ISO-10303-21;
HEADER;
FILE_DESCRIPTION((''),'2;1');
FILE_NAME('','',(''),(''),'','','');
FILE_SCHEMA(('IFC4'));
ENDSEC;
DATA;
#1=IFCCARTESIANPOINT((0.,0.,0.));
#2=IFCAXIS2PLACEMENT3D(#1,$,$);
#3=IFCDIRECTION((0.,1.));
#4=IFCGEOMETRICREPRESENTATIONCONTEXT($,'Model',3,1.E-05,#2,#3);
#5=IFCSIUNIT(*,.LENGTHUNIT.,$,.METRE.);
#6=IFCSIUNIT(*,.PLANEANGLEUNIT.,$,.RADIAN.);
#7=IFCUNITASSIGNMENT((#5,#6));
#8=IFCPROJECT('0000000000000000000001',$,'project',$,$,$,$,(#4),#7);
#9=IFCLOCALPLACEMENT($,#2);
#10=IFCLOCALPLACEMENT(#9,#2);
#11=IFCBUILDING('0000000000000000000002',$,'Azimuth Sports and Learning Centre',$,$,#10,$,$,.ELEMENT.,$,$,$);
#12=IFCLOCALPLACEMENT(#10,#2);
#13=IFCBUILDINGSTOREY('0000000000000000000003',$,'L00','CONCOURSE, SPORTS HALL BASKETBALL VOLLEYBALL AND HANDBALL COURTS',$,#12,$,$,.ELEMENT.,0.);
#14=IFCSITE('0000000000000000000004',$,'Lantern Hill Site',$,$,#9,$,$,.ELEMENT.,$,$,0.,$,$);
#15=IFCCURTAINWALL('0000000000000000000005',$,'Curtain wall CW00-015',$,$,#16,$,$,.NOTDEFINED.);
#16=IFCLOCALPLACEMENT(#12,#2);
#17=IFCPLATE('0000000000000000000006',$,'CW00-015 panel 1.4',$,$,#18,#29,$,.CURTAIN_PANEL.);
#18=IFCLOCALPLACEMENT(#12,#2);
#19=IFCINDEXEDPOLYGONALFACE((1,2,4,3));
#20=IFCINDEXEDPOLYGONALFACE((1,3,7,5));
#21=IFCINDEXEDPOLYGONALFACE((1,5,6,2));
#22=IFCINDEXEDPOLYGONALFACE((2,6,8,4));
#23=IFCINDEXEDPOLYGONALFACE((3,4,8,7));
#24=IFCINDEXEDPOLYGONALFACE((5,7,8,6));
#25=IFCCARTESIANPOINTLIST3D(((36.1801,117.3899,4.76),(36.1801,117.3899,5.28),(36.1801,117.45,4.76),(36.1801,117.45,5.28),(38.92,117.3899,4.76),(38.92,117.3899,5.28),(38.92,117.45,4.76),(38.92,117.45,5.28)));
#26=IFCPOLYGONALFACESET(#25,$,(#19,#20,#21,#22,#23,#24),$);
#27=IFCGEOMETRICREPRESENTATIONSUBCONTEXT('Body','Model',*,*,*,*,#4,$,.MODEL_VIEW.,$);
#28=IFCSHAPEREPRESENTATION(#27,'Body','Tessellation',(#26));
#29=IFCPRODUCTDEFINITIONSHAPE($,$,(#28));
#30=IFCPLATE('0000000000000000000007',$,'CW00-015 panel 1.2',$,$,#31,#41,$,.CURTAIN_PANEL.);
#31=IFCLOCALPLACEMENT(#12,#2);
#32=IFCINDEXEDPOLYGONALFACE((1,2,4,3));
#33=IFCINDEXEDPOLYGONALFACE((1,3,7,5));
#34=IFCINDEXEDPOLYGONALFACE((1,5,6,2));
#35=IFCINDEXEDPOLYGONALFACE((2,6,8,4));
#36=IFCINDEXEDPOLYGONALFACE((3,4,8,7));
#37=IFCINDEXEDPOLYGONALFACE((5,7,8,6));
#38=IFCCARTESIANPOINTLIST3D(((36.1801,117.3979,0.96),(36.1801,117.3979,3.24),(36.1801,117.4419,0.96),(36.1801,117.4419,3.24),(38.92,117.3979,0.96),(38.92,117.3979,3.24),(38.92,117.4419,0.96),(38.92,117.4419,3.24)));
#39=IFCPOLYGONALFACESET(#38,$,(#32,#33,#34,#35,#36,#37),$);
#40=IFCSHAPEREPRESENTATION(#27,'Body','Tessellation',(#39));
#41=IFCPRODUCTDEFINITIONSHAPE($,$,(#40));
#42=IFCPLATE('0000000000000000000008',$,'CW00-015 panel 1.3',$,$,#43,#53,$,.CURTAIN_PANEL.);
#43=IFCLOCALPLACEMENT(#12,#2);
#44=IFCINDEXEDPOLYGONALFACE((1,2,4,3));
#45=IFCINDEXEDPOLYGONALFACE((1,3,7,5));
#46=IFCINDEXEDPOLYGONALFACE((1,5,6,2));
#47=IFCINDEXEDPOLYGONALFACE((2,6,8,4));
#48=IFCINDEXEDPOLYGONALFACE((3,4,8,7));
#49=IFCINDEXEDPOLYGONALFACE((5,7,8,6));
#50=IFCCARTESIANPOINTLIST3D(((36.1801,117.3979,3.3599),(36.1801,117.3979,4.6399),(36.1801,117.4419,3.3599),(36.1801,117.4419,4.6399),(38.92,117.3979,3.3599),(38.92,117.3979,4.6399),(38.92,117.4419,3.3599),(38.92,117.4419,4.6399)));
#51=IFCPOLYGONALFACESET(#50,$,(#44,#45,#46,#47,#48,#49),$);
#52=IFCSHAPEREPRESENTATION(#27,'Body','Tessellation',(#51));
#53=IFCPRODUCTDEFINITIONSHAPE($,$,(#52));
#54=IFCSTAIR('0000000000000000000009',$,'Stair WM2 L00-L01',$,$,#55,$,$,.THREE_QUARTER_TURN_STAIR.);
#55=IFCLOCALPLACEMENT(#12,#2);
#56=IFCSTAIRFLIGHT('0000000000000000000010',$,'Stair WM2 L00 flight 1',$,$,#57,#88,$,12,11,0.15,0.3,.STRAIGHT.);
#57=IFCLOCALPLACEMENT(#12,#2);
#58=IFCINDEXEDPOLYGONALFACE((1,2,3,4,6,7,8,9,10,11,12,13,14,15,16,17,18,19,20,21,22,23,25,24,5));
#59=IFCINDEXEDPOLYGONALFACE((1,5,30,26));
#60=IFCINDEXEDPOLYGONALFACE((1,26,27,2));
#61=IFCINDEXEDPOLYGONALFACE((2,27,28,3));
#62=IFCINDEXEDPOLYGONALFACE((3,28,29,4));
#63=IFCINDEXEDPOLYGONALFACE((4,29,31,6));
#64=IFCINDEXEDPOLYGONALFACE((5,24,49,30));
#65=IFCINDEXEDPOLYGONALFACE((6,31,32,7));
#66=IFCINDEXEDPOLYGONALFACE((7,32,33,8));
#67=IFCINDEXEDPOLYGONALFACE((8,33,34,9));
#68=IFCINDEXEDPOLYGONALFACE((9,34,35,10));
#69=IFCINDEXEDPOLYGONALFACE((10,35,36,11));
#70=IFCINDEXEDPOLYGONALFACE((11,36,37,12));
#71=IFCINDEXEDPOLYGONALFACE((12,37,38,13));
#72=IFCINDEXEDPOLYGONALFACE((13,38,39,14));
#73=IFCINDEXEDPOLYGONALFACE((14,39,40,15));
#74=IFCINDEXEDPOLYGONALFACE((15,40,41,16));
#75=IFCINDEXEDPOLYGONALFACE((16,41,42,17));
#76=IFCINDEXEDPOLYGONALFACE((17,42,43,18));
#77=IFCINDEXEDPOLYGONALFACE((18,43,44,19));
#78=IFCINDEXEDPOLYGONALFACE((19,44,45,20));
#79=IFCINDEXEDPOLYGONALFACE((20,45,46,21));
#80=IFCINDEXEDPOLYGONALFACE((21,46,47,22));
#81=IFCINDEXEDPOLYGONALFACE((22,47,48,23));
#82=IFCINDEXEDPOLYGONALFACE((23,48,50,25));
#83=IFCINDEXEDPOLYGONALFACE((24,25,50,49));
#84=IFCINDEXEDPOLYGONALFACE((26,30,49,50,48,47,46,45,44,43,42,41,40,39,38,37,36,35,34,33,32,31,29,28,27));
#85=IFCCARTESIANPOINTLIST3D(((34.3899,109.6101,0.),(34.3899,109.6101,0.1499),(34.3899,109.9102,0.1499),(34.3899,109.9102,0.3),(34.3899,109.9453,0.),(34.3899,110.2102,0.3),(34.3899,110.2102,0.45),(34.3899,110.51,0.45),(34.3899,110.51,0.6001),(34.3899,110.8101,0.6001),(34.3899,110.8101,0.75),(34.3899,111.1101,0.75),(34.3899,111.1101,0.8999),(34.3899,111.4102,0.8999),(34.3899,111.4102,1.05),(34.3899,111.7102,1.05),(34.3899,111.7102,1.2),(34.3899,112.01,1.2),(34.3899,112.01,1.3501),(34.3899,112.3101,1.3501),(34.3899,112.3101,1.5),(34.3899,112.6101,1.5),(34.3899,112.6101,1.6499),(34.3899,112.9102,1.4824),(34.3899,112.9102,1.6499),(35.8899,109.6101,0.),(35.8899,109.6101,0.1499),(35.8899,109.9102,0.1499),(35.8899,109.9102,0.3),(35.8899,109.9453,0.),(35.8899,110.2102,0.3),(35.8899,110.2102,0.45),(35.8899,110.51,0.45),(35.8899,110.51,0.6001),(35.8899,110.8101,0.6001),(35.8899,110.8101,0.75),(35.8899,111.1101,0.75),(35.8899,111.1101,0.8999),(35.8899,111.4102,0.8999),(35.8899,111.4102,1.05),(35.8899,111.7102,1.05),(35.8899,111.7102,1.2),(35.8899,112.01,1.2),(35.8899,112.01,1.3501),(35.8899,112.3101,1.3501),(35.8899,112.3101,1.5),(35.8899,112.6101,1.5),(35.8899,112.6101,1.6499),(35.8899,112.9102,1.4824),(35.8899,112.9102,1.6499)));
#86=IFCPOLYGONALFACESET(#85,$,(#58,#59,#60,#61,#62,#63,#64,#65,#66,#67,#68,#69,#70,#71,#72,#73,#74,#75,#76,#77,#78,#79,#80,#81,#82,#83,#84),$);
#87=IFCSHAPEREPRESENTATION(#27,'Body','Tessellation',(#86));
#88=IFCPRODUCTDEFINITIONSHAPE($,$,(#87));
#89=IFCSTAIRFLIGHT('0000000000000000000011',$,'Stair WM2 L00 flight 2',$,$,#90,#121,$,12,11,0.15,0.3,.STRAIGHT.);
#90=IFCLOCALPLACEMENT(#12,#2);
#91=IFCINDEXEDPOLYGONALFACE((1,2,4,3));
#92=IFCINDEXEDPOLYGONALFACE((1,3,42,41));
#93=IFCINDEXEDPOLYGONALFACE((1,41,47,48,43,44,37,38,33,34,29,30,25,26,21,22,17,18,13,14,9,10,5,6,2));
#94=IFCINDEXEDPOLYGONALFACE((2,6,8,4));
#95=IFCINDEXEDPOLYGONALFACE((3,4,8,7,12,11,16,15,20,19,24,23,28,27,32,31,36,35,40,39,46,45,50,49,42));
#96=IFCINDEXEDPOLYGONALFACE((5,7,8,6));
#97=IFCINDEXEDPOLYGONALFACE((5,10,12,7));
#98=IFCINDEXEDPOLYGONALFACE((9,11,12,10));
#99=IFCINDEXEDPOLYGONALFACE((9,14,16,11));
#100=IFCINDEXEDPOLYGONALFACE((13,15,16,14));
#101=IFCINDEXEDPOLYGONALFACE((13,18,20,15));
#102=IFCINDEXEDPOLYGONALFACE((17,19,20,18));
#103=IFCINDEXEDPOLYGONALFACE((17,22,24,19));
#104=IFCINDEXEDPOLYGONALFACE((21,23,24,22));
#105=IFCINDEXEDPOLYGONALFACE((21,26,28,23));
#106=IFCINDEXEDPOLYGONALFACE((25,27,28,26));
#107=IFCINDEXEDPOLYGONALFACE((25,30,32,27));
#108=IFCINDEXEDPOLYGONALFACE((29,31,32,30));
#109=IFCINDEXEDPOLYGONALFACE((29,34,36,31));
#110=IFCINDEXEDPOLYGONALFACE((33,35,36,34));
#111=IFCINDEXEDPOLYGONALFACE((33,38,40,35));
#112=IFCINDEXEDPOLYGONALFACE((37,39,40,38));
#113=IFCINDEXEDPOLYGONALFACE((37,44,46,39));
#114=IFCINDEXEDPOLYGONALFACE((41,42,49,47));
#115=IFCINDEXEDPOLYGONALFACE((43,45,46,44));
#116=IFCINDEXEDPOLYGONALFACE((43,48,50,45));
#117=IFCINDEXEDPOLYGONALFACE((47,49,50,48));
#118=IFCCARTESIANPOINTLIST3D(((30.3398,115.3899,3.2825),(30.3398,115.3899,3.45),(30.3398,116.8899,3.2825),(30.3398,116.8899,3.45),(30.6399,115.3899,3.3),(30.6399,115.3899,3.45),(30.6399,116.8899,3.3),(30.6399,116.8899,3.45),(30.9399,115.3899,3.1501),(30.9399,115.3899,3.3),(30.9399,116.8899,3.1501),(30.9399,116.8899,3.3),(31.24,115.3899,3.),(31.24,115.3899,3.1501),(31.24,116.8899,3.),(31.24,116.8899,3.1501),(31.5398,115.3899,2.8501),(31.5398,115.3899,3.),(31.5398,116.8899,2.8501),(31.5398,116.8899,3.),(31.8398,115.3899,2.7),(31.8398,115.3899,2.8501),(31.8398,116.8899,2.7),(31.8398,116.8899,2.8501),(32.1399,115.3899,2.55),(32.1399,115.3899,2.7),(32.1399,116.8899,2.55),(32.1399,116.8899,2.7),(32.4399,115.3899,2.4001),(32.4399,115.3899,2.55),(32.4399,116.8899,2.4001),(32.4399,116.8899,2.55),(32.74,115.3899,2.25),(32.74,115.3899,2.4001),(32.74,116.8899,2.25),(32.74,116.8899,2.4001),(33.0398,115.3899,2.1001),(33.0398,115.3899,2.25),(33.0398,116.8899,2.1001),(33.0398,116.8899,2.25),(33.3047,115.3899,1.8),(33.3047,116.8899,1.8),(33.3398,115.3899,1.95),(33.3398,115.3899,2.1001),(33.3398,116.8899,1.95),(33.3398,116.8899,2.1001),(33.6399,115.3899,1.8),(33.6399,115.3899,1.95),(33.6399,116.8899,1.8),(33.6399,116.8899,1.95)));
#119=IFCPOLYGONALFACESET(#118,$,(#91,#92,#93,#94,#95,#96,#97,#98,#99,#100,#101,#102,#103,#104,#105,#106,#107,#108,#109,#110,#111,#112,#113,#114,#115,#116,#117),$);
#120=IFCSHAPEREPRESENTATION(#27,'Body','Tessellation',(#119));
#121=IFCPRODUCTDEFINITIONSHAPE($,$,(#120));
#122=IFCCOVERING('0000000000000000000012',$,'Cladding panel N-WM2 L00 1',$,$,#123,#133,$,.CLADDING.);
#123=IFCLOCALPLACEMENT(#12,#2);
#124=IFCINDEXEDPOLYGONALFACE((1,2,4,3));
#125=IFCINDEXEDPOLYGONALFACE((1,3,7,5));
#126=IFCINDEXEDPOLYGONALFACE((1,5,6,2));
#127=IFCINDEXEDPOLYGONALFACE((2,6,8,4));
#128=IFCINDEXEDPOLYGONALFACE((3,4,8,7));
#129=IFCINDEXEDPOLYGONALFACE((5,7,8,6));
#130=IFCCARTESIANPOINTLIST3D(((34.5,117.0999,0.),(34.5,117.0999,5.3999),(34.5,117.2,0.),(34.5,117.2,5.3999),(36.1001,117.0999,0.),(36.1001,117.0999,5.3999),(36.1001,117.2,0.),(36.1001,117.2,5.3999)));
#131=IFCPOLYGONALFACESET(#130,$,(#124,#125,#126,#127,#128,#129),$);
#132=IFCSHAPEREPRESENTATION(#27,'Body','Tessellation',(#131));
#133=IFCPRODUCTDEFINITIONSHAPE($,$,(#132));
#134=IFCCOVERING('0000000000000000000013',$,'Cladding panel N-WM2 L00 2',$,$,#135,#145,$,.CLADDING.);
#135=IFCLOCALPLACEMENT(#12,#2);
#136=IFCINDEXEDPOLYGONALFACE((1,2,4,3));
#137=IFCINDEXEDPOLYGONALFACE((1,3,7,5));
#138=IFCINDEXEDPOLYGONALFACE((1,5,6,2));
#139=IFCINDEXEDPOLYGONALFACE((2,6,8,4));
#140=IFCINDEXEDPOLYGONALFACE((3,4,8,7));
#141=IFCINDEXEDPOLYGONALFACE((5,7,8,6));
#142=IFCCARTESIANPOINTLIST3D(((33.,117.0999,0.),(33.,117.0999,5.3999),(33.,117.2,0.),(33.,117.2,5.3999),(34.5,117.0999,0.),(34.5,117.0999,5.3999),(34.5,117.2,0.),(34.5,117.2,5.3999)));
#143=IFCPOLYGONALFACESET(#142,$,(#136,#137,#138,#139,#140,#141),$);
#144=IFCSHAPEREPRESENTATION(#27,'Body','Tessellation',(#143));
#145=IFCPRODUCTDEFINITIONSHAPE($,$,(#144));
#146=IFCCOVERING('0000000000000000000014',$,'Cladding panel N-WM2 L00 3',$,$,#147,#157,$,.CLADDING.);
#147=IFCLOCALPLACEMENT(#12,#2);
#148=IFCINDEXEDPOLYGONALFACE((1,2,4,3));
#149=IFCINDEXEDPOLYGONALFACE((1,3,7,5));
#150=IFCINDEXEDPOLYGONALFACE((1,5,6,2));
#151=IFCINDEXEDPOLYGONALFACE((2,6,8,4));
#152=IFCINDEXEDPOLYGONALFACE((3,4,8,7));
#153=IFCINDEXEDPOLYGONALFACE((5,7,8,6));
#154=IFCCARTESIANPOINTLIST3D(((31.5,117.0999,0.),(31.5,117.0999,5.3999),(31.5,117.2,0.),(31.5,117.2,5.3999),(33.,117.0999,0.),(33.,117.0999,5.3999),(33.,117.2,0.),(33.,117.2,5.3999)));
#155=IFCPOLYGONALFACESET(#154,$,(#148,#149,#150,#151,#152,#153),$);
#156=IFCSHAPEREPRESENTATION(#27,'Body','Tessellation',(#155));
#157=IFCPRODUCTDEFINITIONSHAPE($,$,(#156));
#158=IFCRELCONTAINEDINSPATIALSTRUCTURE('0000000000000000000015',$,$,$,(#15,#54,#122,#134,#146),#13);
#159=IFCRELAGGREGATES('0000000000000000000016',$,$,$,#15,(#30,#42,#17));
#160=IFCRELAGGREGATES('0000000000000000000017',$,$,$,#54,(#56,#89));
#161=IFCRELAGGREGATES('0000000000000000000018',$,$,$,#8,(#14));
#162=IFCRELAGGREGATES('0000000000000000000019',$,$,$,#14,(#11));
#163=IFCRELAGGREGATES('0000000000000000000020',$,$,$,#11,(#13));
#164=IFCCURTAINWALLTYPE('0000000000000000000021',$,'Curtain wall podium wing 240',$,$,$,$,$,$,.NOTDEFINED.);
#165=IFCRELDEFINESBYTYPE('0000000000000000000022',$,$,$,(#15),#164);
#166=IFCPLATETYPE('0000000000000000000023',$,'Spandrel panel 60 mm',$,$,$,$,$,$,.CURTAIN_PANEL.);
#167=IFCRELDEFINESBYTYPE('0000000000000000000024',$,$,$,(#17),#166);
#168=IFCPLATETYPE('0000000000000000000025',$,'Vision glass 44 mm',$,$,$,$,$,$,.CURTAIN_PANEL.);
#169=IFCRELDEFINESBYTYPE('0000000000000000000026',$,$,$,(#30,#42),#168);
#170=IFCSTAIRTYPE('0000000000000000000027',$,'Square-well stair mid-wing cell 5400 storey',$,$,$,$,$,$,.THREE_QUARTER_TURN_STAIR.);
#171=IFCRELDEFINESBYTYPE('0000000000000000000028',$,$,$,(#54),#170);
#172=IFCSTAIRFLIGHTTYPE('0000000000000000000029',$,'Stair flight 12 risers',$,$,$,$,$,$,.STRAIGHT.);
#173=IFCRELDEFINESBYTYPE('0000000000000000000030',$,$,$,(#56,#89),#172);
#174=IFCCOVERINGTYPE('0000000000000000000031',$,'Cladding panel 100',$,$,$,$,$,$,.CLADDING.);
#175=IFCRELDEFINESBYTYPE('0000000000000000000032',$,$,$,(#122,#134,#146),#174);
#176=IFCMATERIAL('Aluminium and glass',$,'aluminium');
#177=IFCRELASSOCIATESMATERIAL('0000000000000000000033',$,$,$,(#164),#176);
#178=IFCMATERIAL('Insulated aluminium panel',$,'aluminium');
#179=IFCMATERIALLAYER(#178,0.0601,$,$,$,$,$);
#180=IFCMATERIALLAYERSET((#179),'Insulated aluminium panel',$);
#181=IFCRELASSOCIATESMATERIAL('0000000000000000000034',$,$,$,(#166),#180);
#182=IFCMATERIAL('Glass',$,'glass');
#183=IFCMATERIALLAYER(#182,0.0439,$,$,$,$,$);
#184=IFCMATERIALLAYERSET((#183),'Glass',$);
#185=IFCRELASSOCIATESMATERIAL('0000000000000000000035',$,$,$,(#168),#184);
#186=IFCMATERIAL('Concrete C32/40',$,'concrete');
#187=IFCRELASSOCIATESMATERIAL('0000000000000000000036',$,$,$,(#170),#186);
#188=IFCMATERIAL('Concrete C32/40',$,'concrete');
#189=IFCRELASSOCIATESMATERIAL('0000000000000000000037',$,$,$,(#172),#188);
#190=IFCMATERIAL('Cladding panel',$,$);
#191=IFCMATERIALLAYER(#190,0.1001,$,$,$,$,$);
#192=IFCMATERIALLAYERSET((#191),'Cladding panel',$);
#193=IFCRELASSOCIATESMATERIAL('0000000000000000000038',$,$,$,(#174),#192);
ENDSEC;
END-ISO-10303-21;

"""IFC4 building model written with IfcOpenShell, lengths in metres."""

from ifc_helpers import new_model, si_unit, direction, frame, origin, origin_2d, place, context, subcontext, project, spatial, polyline, rectangle, outline, extrude, material, layer, layer_set, type_object, element, aggregate, save


model = new_model("IFC4")

# Units and contexts
model_context = context("Model", 3, precision=1e-05, world=origin(), true_north=direction((0.0, 1.0)))
body_context = subcontext(model_context, "Body", "Model", "MODEL_VIEW")
ifc_project = project(units=[si_unit("LENGTHUNIT", "METRE"), si_unit("PLANEANGLEUNIT", "RADIAN")], contexts=[model_context])

# Site, building, storey
site_placement = place(None, origin())
site = spatial("IfcSite", under=ifc_project, at=site_placement, Name="Lantern Hill Site", CompositionType="ELEMENT", RefElevation=0.0)
building_placement = place(site_placement, origin())
building = spatial("IfcBuilding", under=site, at=building_placement, Name="Azimuth Sports and Learning Centre", CompositionType="ELEMENT")
storey_placement = place(building_placement, origin())
storey = spatial("IfcBuildingStorey", under=building, at=storey_placement, Name="L00", Description="CONCOURSE, SPORTS HALL BASKETBALL VOLLEYBALL AND HANDBALL COURTS", CompositionType="ELEMENT", Elevation=0.0)

# Curtain wall, plates
ifc_material_1 = material(Name="Aluminium and glass", Category="aluminium")
curtain_wall_type = type_object("IfcCurtainWallType", Name="Curtain wall podium wing 240", PredefinedType="NOTDEFINED", material=ifc_material_1)
curtain_wall_placement = place(storey_placement, origin())
curtain_wall = element("IfcCurtainWall", 1, at=curtain_wall_placement, inside=storey, type_object=curtain_wall_type, Name="Curtain wall CW00-015", PredefinedType="NOTDEFINED")
ifc_material_2 = material(Name="Insulated aluminium panel", Category="aluminium")
ifc_layer_1 = layer(ifc_material_2, 0.0601)
ifc_layer_set_1 = layer_set([ifc_layer_1], Name="Insulated aluminium panel")
plate_type_1 = type_object("IfcPlateType", Name="Spandrel panel 60 mm", PredefinedType="CURTAIN_PANEL", material=ifc_layer_set_1)
plate_1_placement = place(storey_placement, frame((37.55, 117.4199, 4.76), z_axis=(0.0, 0.0, 1.0), x_axis=(-1.0, 0.0, 0.0)))
plate_1 = element("IfcPlate", 2, at=plate_1_placement, type_object=plate_type_1, Name="CW00-015 panel 1.4", PredefinedType="CURTAIN_PANEL", context=body_context, shape_type="SweptSolid", body=[
    extrude(rectangle(XDim=2.74, YDim=0.0601, at=origin_2d()), origin(), (0.0, 0.0, 1.0), 0.52),
])
ifc_material_3 = material(Name="Glass", Category="glass")
ifc_layer_2 = layer(ifc_material_3, 0.0439)
ifc_layer_set_2 = layer_set([ifc_layer_2], Name="Glass")
plate_type_2 = type_object("IfcPlateType", Name="Vision glass 44 mm", PredefinedType="CURTAIN_PANEL", material=ifc_layer_set_2)
plate_2_placement = place(storey_placement, frame((37.55, 117.4199, 0.96), z_axis=(0.0, 0.0, 1.0), x_axis=(-1.0, 0.0, 0.0)))
plate_2 = element("IfcPlate", 3, at=plate_2_placement, type_object=plate_type_2, Name="CW00-015 panel 1.2", PredefinedType="CURTAIN_PANEL", context=body_context, shape_type="SweptSolid", body=[
    extrude(rectangle(XDim=2.74, YDim=0.0439, at=origin_2d()), origin(), (0.0, 0.0, 1.0), 2.28),
])
plate_3_placement = place(storey_placement, frame((37.55, 117.4199, 3.3599), z_axis=(0.0, 0.0, 1.0), x_axis=(-1.0, 0.0, 0.0)))
plate_3 = element("IfcPlate", 4, at=plate_3_placement, type_object=plate_type_2, Name="CW00-015 panel 1.3", PredefinedType="CURTAIN_PANEL", context=body_context, shape_type="SweptSolid", body=[
    extrude(rectangle(XDim=2.74, YDim=0.0439, at=origin_2d()), origin(), (0.0, 0.0, 1.0), 1.28),
])
aggregate(curtain_wall, [plate_2, plate_3, plate_1])

# Stair, stair flights
ifc_material_4 = material(Name="Concrete C32/40", Category="concrete")
stair_type = type_object("IfcStairType", Name="Square-well stair mid-wing cell 5400 storey", PredefinedType="THREE_QUARTER_TURN_STAIR", material=ifc_material_4)
stair_placement = place(storey_placement, origin())
stair = element("IfcStair", 5, at=stair_placement, inside=storey, type_object=stair_type, Name="Stair WM2 L00-L01", PredefinedType="THREE_QUARTER_TURN_STAIR")
ifc_material_5 = material(Name="Concrete C32/40", Category="concrete")
stair_flight_type = type_object("IfcStairFlightType", Name="Stair flight 12 risers", PredefinedType="STRAIGHT", material=ifc_material_5)
stair_flight_1_placement = place(storey_placement, frame((35.1399, 109.6101, 0.0), z_axis=(0.0, 0.0, 1.0), x_axis=(0.0, 1.0, 0.0)))
stair_flight_1 = element("IfcStairFlight", 6, at=stair_flight_1_placement, type_object=stair_flight_type, Name="Stair WM2 L00 flight 1", NumberOfRisers=12, NumberOfTreads=11, PredefinedType="STRAIGHT", RiserHeight=0.15, TreadLength=0.3, context=body_context, shape_type="SweptSolid", body=[
    extrude(outline(polyline([(0.0, 0.0), (0.0, 0.1499), (0.3, 0.1499), (0.3, 0.3), (0.6001, 0.3), (0.6001, 0.45), (0.8999, 0.45), (0.8999, 0.6001), (1.2, 0.6001), (1.2, 0.75), (1.5, 0.75), (1.5, 0.8999), (1.8, 0.8999), (1.8, 1.05), (2.1001, 1.05), (2.1001, 1.2), (2.3999, 1.2), (2.3999, 1.3501), (2.7, 1.3501), (2.7, 1.5), (3.0, 1.5), (3.0, 1.6499), (3.3, 1.6499), (3.3, 1.8), (3.3, 1.4824), (0.3352, 0.0), (0.0, 0.0)])), frame((0.0, 0.75, 0.0), z_axis=(0.0, -1.0, 0.0), x_axis=(1.0, 0.0, 0.0)), (0.0, 0.0, 1.0), 1.5),
])
stair_flight_2_placement = place(storey_placement, frame((33.6399, 116.1399, 1.8), z_axis=(0.0, 0.0, 1.0), x_axis=(-1.0, 0.0, 0.0)))
stair_flight_2 = element("IfcStairFlight", 7, at=stair_flight_2_placement, type_object=stair_flight_type, Name="Stair WM2 L00 flight 2", NumberOfRisers=12, NumberOfTreads=11, PredefinedType="STRAIGHT", RiserHeight=0.15, TreadLength=0.3, context=body_context, shape_type="SweptSolid", body=[
    extrude(outline(polyline([(0.0, 0.0), (0.0, 0.1499), (0.3, 0.1499), (0.3, 0.3), (0.6001, 0.3), (0.6001, 0.45), (0.8999, 0.45), (0.8999, 0.6001), (1.2, 0.6001), (1.2, 0.75), (1.5, 0.75), (1.5, 0.8999), (1.8, 0.8999), (1.8, 1.05), (2.1001, 1.05), (2.1001, 1.2), (2.3999, 1.2), (2.3999, 1.3501), (2.7, 1.3501), (2.7, 1.5), (3.0, 1.5), (3.0, 1.6499), (3.3, 1.6499), (3.3, 1.8), (3.3, 1.4824), (0.3352, 0.0), (0.0, 0.0)])), frame((0.0, 0.75, 0.0), z_axis=(0.0, -1.0, 0.0), x_axis=(1.0, 0.0, 0.0)), (0.0, 0.0, 1.0), 1.5),
])
aggregate(stair, [stair_flight_1, stair_flight_2])

# Coverings
ifc_material_6 = material(Name="Cladding panel")
ifc_layer_3 = layer(ifc_material_6, 0.1001)
ifc_layer_set_3 = layer_set([ifc_layer_3], Name="Cladding panel")
covering_type = type_object("IfcCoveringType", Name="Cladding panel 100", PredefinedType="CLADDING", material=ifc_layer_set_3)
covering_placement = place(storey_placement, frame((35.3, 117.1499, 0.0), z_axis=(0.0, 0.0, 1.0), x_axis=(-1.0, 0.0, 0.0)))
element("IfcCovering", 8, at=covering_placement, inside=storey, type_object=covering_type, Name="Cladding panel N-WM2 L00 1", PredefinedType="CLADDING", context=body_context, shape_type="SweptSolid", body=[
    extrude(rectangle(XDim=1.6001, YDim=0.1001, at=origin_2d()), origin(), (0.0, 0.0, 1.0), 5.3999),
])
for number, where, z_axis, x_axis, name in (
    (9, (33.75, 117.1499, 0.0), (0.0, 0.0, 1.0), (-1.0, 0.0, 0.0), "Cladding panel N-WM2 L00 2"),
    (10, (32.25, 117.1499, 0.0), (0.0, 0.0, 1.0), (-1.0, 0.0, 0.0), "Cladding panel N-WM2 L00 3"),
):
    element("IfcCovering", number, at=place(storey_placement, frame(where, z_axis=z_axis, x_axis=x_axis)), inside=storey, type_object=covering_type, Name=name, PredefinedType="CLADDING", context=body_context, shape_type="SweptSolid", body=[
        extrude(rectangle(XDim=1.5, YDim=0.1001, at=origin_2d()), origin(), (0.0, 0.0, 1.0), 5.3999),
    ])

save(model, "model.ifc")
